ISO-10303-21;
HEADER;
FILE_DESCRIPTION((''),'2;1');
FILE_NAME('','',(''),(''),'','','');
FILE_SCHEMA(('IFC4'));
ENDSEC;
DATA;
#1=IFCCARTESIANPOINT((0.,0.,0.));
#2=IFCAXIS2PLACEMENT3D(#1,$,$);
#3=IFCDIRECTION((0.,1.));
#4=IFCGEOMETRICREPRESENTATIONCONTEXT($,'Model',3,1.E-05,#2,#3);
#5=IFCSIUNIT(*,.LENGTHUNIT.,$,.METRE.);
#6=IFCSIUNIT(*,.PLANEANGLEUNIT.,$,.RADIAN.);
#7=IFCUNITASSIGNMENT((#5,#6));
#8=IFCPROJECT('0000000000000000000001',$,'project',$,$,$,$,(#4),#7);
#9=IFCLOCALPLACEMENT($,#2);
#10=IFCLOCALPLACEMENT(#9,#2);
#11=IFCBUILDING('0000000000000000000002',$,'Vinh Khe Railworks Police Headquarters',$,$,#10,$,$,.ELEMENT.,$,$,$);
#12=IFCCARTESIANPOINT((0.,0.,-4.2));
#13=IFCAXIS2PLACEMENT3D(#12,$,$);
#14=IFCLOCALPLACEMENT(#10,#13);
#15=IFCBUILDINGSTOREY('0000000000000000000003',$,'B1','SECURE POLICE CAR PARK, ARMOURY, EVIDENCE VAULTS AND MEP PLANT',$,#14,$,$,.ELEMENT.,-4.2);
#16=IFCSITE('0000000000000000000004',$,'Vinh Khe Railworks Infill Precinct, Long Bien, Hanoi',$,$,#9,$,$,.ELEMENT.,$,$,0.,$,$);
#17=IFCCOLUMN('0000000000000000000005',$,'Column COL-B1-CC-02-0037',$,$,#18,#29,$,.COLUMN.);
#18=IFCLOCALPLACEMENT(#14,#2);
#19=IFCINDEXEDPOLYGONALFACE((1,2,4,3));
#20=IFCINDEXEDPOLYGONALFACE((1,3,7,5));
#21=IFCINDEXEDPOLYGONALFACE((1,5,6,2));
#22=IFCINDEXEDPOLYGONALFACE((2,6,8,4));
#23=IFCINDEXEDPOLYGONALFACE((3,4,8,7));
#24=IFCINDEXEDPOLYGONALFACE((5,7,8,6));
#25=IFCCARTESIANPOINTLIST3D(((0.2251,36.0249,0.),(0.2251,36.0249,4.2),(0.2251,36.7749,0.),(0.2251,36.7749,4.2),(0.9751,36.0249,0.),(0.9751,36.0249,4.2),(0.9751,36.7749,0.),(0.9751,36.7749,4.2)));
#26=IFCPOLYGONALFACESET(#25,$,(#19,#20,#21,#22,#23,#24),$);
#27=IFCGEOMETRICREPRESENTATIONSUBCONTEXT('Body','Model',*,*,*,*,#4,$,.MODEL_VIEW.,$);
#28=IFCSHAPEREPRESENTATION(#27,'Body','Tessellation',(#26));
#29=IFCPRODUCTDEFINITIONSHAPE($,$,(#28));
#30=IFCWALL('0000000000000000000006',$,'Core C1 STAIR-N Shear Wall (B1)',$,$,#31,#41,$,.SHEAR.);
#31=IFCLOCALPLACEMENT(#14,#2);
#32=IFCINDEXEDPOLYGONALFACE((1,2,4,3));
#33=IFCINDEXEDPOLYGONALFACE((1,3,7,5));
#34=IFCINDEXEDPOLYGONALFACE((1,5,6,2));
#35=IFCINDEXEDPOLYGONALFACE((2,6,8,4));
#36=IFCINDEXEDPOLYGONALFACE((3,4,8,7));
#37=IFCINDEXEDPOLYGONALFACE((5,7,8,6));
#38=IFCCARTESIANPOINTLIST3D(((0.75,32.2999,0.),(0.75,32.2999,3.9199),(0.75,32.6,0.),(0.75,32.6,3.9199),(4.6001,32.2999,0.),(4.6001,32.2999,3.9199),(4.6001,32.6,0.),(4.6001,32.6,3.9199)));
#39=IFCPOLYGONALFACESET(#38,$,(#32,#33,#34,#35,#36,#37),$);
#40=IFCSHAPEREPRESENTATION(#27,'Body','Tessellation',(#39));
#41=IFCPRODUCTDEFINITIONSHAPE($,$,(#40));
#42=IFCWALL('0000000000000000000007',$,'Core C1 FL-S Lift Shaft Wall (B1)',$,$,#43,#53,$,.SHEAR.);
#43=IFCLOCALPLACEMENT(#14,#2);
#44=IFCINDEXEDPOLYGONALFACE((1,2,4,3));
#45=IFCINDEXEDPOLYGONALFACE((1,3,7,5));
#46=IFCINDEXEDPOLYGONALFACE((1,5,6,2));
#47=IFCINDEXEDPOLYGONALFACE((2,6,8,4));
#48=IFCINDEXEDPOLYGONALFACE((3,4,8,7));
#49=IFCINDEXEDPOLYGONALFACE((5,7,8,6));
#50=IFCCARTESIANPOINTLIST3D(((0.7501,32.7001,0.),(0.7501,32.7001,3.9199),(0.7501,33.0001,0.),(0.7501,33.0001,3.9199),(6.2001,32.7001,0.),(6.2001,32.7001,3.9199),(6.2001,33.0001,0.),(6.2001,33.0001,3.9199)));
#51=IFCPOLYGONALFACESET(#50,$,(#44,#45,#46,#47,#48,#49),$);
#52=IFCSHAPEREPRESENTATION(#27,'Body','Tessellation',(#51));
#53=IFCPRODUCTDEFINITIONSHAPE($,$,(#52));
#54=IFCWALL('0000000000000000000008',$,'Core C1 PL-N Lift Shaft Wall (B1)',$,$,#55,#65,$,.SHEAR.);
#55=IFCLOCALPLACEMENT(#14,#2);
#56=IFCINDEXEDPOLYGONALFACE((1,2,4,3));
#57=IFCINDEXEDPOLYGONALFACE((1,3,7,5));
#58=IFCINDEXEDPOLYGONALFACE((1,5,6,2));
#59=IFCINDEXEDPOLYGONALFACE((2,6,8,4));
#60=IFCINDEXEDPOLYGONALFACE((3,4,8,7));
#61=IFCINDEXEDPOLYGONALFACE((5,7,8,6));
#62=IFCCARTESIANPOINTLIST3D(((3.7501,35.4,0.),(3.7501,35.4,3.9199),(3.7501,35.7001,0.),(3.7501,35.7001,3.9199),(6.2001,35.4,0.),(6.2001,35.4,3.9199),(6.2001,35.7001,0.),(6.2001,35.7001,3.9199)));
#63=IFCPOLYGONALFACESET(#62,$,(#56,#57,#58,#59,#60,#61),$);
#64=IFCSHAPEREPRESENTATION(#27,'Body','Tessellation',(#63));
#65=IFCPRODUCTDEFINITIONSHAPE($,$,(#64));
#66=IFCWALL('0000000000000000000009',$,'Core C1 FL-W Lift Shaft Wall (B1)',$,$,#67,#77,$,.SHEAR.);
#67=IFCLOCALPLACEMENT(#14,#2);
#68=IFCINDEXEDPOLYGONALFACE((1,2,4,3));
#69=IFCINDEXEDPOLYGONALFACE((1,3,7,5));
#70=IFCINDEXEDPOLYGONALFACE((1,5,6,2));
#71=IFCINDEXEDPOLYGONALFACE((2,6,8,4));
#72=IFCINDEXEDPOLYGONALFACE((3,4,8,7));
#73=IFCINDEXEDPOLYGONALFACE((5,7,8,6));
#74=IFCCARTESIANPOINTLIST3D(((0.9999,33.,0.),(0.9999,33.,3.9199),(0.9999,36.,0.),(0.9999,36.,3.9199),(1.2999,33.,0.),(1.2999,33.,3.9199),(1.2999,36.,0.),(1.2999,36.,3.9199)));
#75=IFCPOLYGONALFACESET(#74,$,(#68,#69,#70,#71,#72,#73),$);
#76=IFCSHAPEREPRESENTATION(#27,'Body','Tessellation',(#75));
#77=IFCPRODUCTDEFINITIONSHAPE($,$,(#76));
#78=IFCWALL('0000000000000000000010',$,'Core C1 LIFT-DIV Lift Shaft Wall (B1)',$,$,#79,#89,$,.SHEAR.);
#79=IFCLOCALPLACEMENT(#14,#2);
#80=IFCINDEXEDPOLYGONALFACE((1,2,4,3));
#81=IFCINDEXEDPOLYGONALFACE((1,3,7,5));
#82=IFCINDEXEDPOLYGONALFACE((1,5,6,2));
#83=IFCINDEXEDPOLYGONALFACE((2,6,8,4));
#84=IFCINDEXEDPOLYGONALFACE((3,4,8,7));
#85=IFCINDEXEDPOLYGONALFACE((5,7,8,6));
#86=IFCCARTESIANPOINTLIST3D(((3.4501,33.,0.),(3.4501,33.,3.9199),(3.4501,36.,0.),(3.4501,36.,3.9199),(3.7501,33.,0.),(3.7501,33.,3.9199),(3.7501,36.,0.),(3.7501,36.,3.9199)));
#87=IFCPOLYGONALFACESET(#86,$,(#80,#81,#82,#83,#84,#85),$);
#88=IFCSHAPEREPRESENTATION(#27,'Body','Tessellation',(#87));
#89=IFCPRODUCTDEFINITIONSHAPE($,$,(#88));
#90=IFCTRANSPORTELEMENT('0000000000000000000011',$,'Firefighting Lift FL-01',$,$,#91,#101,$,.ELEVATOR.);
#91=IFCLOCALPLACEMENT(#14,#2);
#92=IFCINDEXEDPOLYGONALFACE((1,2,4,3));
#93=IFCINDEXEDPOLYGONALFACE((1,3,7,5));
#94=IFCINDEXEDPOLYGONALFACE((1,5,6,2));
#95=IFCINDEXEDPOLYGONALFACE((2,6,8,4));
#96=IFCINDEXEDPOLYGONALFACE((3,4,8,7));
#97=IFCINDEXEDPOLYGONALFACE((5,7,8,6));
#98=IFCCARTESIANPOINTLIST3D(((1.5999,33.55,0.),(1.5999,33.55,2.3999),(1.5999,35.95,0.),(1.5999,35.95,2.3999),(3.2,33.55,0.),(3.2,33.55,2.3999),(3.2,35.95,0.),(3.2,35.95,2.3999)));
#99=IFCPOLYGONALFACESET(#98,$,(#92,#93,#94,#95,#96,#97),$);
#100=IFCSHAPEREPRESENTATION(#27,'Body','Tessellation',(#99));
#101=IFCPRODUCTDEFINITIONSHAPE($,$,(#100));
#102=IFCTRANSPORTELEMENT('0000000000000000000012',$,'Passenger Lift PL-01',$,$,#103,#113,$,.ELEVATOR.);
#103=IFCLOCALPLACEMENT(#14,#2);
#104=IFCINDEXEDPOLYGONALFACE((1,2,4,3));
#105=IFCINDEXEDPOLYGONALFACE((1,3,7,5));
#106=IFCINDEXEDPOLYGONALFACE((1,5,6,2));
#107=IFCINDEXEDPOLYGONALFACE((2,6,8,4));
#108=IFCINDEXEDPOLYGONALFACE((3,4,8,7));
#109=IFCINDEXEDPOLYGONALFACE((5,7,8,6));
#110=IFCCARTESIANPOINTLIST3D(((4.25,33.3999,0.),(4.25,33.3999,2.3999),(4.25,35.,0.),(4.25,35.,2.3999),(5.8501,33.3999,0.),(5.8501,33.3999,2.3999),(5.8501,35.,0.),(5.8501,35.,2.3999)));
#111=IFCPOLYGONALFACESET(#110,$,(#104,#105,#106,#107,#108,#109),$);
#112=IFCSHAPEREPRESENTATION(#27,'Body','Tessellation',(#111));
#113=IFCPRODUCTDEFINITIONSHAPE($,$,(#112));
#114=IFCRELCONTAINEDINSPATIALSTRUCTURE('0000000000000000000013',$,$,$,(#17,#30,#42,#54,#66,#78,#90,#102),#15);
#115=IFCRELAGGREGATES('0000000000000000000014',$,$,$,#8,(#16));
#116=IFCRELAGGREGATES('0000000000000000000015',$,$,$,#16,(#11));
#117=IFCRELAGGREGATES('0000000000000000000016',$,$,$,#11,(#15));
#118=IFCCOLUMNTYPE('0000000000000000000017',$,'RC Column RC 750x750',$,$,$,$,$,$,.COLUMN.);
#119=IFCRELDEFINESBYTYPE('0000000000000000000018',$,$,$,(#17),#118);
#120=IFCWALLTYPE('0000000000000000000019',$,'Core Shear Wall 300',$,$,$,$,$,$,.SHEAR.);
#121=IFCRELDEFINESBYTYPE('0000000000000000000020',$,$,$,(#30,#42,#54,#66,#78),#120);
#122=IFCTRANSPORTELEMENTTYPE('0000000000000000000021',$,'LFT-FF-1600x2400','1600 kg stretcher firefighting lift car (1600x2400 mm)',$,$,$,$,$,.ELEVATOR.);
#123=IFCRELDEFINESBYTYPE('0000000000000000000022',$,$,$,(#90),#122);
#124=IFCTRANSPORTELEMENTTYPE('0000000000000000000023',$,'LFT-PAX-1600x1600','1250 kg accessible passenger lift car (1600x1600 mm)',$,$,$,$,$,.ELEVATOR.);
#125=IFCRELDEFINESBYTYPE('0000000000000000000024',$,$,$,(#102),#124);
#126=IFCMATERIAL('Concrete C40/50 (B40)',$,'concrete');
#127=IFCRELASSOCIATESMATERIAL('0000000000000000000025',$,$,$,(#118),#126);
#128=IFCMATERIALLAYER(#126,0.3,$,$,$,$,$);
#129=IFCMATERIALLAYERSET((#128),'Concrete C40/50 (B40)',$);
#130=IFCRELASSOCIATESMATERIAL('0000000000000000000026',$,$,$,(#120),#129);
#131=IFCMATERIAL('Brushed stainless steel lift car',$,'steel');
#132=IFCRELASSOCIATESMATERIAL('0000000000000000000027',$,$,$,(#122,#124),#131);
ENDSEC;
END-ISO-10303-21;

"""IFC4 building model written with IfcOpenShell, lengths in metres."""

from ifc_helpers import new_model, si_unit, direction, frame, frame_2d, origin, origin_2d, place, context, subcontext, project, spatial, rectangle, extrude, material, layer, layer_set, material_profile, profile_set, type_object, element, save


model = new_model("IFC4")

# Units and contexts
model_context = context("Model", 3, precision=1e-05, world=origin(), true_north=direction((0.0, 1.0)))
body_context = subcontext(model_context, "Body", "Model", "MODEL_VIEW")
ifc_project = project(units=[si_unit("LENGTHUNIT", "METRE"), si_unit("PLANEANGLEUNIT", "RADIAN")], contexts=[model_context])

# Site, building, storey
site_placement = place(None, origin())
site = spatial("IfcSite", under=ifc_project, at=site_placement, Name="Vinh Khe Railworks Infill Precinct, Long Bien, Hanoi", CompositionType="ELEMENT", RefElevation=0.0)
building_placement = place(site_placement, origin())
building = spatial("IfcBuilding", under=site, at=building_placement, Name="Vinh Khe Railworks Police Headquarters", CompositionType="ELEMENT")
storey_placement = place(building_placement, frame((0.0, 0.0, -4.2)))
storey = spatial("IfcBuildingStorey", under=building, at=storey_placement, Name="B1", Description="SECURE POLICE CAR PARK, ARMOURY, EVIDENCE VAULTS AND MEP PLANT", CompositionType="ELEMENT", Elevation=-4.2)

# Column
ifc_material_1 = material(Name="Concrete C40/50 (B40)", Category="concrete")
ifc_material_profile_1 = material_profile(ifc_material_1, rectangle(XDim=0.75, YDim=0.75, at=origin_2d()), Name="RC 750x750")
ifc_profile_set_1 = profile_set([ifc_material_profile_1], Name="Concrete C40/50 (B40)")
column_type_1 = type_object("IfcColumnType", Name="RC Column RC 750x750", PredefinedType="COLUMN", material=ifc_profile_set_1)
column_1_placement = place(storey_placement, frame((0.6001, 36.3999, 0.0), z_axis=(0.0, 0.0, 1.0), x_axis=(1.0, 0.0, 0.0)))
element("IfcColumn", 1, at=column_1_placement, inside=storey, type_object=column_type_1, Name="Column COL-B1-CC-02-0037", PredefinedType="COLUMN", context=body_context, shape_type="SweptSolid", body=[
    extrude(rectangle(XDim=0.75, YDim=0.75, at=origin_2d()), origin(), (0.0, 0.0, 1.0), 4.2),
])

# Walls
ifc_layer_1 = layer(ifc_material_1, 0.3)
ifc_layer_set_1 = layer_set([ifc_layer_1], Name="Concrete C40/50 (B40)")
wall_type_1 = type_object("IfcWallType", Name="Core Shear Wall 300", PredefinedType="SHEAR", material=ifc_layer_set_1)
wall_1_placement = place(storey_placement, frame((0.75, 32.45, 0.0), z_axis=(0.0, 0.0, 1.0), x_axis=(1.0, 0.0, 0.0)))
element("IfcWall", 2, at=wall_1_placement, inside=storey, type_object=wall_type_1, Name="Core C1 STAIR-N Shear Wall (B1)", PredefinedType="SHEAR", context=body_context, shape_type="SweptSolid", body=[
    extrude(rectangle(XDim=3.8501, YDim=0.3, at=frame_2d((1.925, 0.0))), origin(), (0.0, 0.0, 1.0), 3.9199),
])
wall_2_placement = place(storey_placement, frame((0.75, 32.8501, 0.0), z_axis=(0.0, 0.0, 1.0), x_axis=(1.0, 0.0, 0.0)))
element("IfcWall", 3, at=wall_2_placement, inside=storey, type_object=wall_type_1, Name="Core C1 FL-S Lift Shaft Wall (B1)", PredefinedType="SHEAR", context=body_context, shape_type="SweptSolid", body=[
    extrude(rectangle(XDim=5.45, YDim=0.3, at=frame_2d((2.7251, 0.0))), origin(), (0.0, 0.0, 1.0), 3.9199),
])

# Walls
wall_3_placement = place(storey_placement, frame((3.75, 35.55, 0.0), z_axis=(0.0, 0.0, 1.0), x_axis=(1.0, 0.0, 0.0)))
element("IfcWall", 4, at=wall_3_placement, inside=storey, type_object=wall_type_1, Name="Core C1 PL-N Lift Shaft Wall (B1)", PredefinedType="SHEAR", context=body_context, shape_type="SweptSolid", body=[
    extrude(rectangle(XDim=2.45, YDim=0.3, at=frame_2d((1.2251, 0.0))), origin(), (0.0, 0.0, 1.0), 3.9199),
])
for number, where, z_axis, x_axis, name in (
    (5, (1.1499, 33.0, 0.0), (0.0, 0.0, 1.0), (0.0, 1.0, 0.0), "Core C1 FL-W Lift Shaft Wall (B1)"),
    (6, (3.6001, 33.0, 0.0), (0.0, 0.0, 1.0), (0.0, 1.0, 0.0), "Core C1 LIFT-DIV Lift Shaft Wall (B1)"),
):
    element("IfcWall", number, at=place(storey_placement, frame(where, z_axis=z_axis, x_axis=x_axis)), inside=storey, type_object=wall_type_1, Name=name, PredefinedType="SHEAR", context=body_context, shape_type="SweptSolid", body=[
        extrude(rectangle(XDim=3.0, YDim=0.3, at=frame_2d((1.5, 0.0))), origin(), (0.0, 0.0, 1.0), 3.9199),
    ])

# Transport elements
ifc_material_2 = material(Name="Brushed stainless steel lift car", Category="steel")
transport_element_type_1 = type_object("IfcTransportElementType", Name="LFT-FF-1600x2400", Description="1600 kg stretcher firefighting lift car (1600x2400 mm)", PredefinedType="ELEVATOR", material=ifc_material_2)
transport_element_1_placement = place(storey_placement, frame((2.3999, 34.75, 0.0), z_axis=(0.0, 0.0, 1.0), x_axis=(1.0, 0.0, 0.0)))
element("IfcTransportElement", 7, at=transport_element_1_placement, inside=storey, type_object=transport_element_type_1, Name="Firefighting Lift FL-01", PredefinedType="ELEVATOR", context=body_context, shape_type="SweptSolid", body=[
    extrude(rectangle(XDim=1.6001, YDim=2.3999, at=origin_2d()), origin(), (0.0, 0.0, 1.0), 2.3999),
])
transport_element_type_2 = type_object("IfcTransportElementType", Name="LFT-PAX-1600x1600", Description="1250 kg accessible passenger lift car (1600x1600 mm)", PredefinedType="ELEVATOR", material=ifc_material_2)
transport_element_2_placement = place(storey_placement, frame((5.05, 34.2, 0.0), z_axis=(0.0, 0.0, 1.0), x_axis=(1.0, 0.0, 0.0)))
element("IfcTransportElement", 8, at=transport_element_2_placement, inside=storey, type_object=transport_element_type_2, Name="Passenger Lift PL-01", PredefinedType="ELEVATOR", context=body_context, shape_type="SweptSolid", body=[
    extrude(rectangle(XDim=1.6001, YDim=1.6001, at=origin_2d()), origin(), (0.0, 0.0, 1.0), 2.3999),
])

save(model, "model.ifc")
